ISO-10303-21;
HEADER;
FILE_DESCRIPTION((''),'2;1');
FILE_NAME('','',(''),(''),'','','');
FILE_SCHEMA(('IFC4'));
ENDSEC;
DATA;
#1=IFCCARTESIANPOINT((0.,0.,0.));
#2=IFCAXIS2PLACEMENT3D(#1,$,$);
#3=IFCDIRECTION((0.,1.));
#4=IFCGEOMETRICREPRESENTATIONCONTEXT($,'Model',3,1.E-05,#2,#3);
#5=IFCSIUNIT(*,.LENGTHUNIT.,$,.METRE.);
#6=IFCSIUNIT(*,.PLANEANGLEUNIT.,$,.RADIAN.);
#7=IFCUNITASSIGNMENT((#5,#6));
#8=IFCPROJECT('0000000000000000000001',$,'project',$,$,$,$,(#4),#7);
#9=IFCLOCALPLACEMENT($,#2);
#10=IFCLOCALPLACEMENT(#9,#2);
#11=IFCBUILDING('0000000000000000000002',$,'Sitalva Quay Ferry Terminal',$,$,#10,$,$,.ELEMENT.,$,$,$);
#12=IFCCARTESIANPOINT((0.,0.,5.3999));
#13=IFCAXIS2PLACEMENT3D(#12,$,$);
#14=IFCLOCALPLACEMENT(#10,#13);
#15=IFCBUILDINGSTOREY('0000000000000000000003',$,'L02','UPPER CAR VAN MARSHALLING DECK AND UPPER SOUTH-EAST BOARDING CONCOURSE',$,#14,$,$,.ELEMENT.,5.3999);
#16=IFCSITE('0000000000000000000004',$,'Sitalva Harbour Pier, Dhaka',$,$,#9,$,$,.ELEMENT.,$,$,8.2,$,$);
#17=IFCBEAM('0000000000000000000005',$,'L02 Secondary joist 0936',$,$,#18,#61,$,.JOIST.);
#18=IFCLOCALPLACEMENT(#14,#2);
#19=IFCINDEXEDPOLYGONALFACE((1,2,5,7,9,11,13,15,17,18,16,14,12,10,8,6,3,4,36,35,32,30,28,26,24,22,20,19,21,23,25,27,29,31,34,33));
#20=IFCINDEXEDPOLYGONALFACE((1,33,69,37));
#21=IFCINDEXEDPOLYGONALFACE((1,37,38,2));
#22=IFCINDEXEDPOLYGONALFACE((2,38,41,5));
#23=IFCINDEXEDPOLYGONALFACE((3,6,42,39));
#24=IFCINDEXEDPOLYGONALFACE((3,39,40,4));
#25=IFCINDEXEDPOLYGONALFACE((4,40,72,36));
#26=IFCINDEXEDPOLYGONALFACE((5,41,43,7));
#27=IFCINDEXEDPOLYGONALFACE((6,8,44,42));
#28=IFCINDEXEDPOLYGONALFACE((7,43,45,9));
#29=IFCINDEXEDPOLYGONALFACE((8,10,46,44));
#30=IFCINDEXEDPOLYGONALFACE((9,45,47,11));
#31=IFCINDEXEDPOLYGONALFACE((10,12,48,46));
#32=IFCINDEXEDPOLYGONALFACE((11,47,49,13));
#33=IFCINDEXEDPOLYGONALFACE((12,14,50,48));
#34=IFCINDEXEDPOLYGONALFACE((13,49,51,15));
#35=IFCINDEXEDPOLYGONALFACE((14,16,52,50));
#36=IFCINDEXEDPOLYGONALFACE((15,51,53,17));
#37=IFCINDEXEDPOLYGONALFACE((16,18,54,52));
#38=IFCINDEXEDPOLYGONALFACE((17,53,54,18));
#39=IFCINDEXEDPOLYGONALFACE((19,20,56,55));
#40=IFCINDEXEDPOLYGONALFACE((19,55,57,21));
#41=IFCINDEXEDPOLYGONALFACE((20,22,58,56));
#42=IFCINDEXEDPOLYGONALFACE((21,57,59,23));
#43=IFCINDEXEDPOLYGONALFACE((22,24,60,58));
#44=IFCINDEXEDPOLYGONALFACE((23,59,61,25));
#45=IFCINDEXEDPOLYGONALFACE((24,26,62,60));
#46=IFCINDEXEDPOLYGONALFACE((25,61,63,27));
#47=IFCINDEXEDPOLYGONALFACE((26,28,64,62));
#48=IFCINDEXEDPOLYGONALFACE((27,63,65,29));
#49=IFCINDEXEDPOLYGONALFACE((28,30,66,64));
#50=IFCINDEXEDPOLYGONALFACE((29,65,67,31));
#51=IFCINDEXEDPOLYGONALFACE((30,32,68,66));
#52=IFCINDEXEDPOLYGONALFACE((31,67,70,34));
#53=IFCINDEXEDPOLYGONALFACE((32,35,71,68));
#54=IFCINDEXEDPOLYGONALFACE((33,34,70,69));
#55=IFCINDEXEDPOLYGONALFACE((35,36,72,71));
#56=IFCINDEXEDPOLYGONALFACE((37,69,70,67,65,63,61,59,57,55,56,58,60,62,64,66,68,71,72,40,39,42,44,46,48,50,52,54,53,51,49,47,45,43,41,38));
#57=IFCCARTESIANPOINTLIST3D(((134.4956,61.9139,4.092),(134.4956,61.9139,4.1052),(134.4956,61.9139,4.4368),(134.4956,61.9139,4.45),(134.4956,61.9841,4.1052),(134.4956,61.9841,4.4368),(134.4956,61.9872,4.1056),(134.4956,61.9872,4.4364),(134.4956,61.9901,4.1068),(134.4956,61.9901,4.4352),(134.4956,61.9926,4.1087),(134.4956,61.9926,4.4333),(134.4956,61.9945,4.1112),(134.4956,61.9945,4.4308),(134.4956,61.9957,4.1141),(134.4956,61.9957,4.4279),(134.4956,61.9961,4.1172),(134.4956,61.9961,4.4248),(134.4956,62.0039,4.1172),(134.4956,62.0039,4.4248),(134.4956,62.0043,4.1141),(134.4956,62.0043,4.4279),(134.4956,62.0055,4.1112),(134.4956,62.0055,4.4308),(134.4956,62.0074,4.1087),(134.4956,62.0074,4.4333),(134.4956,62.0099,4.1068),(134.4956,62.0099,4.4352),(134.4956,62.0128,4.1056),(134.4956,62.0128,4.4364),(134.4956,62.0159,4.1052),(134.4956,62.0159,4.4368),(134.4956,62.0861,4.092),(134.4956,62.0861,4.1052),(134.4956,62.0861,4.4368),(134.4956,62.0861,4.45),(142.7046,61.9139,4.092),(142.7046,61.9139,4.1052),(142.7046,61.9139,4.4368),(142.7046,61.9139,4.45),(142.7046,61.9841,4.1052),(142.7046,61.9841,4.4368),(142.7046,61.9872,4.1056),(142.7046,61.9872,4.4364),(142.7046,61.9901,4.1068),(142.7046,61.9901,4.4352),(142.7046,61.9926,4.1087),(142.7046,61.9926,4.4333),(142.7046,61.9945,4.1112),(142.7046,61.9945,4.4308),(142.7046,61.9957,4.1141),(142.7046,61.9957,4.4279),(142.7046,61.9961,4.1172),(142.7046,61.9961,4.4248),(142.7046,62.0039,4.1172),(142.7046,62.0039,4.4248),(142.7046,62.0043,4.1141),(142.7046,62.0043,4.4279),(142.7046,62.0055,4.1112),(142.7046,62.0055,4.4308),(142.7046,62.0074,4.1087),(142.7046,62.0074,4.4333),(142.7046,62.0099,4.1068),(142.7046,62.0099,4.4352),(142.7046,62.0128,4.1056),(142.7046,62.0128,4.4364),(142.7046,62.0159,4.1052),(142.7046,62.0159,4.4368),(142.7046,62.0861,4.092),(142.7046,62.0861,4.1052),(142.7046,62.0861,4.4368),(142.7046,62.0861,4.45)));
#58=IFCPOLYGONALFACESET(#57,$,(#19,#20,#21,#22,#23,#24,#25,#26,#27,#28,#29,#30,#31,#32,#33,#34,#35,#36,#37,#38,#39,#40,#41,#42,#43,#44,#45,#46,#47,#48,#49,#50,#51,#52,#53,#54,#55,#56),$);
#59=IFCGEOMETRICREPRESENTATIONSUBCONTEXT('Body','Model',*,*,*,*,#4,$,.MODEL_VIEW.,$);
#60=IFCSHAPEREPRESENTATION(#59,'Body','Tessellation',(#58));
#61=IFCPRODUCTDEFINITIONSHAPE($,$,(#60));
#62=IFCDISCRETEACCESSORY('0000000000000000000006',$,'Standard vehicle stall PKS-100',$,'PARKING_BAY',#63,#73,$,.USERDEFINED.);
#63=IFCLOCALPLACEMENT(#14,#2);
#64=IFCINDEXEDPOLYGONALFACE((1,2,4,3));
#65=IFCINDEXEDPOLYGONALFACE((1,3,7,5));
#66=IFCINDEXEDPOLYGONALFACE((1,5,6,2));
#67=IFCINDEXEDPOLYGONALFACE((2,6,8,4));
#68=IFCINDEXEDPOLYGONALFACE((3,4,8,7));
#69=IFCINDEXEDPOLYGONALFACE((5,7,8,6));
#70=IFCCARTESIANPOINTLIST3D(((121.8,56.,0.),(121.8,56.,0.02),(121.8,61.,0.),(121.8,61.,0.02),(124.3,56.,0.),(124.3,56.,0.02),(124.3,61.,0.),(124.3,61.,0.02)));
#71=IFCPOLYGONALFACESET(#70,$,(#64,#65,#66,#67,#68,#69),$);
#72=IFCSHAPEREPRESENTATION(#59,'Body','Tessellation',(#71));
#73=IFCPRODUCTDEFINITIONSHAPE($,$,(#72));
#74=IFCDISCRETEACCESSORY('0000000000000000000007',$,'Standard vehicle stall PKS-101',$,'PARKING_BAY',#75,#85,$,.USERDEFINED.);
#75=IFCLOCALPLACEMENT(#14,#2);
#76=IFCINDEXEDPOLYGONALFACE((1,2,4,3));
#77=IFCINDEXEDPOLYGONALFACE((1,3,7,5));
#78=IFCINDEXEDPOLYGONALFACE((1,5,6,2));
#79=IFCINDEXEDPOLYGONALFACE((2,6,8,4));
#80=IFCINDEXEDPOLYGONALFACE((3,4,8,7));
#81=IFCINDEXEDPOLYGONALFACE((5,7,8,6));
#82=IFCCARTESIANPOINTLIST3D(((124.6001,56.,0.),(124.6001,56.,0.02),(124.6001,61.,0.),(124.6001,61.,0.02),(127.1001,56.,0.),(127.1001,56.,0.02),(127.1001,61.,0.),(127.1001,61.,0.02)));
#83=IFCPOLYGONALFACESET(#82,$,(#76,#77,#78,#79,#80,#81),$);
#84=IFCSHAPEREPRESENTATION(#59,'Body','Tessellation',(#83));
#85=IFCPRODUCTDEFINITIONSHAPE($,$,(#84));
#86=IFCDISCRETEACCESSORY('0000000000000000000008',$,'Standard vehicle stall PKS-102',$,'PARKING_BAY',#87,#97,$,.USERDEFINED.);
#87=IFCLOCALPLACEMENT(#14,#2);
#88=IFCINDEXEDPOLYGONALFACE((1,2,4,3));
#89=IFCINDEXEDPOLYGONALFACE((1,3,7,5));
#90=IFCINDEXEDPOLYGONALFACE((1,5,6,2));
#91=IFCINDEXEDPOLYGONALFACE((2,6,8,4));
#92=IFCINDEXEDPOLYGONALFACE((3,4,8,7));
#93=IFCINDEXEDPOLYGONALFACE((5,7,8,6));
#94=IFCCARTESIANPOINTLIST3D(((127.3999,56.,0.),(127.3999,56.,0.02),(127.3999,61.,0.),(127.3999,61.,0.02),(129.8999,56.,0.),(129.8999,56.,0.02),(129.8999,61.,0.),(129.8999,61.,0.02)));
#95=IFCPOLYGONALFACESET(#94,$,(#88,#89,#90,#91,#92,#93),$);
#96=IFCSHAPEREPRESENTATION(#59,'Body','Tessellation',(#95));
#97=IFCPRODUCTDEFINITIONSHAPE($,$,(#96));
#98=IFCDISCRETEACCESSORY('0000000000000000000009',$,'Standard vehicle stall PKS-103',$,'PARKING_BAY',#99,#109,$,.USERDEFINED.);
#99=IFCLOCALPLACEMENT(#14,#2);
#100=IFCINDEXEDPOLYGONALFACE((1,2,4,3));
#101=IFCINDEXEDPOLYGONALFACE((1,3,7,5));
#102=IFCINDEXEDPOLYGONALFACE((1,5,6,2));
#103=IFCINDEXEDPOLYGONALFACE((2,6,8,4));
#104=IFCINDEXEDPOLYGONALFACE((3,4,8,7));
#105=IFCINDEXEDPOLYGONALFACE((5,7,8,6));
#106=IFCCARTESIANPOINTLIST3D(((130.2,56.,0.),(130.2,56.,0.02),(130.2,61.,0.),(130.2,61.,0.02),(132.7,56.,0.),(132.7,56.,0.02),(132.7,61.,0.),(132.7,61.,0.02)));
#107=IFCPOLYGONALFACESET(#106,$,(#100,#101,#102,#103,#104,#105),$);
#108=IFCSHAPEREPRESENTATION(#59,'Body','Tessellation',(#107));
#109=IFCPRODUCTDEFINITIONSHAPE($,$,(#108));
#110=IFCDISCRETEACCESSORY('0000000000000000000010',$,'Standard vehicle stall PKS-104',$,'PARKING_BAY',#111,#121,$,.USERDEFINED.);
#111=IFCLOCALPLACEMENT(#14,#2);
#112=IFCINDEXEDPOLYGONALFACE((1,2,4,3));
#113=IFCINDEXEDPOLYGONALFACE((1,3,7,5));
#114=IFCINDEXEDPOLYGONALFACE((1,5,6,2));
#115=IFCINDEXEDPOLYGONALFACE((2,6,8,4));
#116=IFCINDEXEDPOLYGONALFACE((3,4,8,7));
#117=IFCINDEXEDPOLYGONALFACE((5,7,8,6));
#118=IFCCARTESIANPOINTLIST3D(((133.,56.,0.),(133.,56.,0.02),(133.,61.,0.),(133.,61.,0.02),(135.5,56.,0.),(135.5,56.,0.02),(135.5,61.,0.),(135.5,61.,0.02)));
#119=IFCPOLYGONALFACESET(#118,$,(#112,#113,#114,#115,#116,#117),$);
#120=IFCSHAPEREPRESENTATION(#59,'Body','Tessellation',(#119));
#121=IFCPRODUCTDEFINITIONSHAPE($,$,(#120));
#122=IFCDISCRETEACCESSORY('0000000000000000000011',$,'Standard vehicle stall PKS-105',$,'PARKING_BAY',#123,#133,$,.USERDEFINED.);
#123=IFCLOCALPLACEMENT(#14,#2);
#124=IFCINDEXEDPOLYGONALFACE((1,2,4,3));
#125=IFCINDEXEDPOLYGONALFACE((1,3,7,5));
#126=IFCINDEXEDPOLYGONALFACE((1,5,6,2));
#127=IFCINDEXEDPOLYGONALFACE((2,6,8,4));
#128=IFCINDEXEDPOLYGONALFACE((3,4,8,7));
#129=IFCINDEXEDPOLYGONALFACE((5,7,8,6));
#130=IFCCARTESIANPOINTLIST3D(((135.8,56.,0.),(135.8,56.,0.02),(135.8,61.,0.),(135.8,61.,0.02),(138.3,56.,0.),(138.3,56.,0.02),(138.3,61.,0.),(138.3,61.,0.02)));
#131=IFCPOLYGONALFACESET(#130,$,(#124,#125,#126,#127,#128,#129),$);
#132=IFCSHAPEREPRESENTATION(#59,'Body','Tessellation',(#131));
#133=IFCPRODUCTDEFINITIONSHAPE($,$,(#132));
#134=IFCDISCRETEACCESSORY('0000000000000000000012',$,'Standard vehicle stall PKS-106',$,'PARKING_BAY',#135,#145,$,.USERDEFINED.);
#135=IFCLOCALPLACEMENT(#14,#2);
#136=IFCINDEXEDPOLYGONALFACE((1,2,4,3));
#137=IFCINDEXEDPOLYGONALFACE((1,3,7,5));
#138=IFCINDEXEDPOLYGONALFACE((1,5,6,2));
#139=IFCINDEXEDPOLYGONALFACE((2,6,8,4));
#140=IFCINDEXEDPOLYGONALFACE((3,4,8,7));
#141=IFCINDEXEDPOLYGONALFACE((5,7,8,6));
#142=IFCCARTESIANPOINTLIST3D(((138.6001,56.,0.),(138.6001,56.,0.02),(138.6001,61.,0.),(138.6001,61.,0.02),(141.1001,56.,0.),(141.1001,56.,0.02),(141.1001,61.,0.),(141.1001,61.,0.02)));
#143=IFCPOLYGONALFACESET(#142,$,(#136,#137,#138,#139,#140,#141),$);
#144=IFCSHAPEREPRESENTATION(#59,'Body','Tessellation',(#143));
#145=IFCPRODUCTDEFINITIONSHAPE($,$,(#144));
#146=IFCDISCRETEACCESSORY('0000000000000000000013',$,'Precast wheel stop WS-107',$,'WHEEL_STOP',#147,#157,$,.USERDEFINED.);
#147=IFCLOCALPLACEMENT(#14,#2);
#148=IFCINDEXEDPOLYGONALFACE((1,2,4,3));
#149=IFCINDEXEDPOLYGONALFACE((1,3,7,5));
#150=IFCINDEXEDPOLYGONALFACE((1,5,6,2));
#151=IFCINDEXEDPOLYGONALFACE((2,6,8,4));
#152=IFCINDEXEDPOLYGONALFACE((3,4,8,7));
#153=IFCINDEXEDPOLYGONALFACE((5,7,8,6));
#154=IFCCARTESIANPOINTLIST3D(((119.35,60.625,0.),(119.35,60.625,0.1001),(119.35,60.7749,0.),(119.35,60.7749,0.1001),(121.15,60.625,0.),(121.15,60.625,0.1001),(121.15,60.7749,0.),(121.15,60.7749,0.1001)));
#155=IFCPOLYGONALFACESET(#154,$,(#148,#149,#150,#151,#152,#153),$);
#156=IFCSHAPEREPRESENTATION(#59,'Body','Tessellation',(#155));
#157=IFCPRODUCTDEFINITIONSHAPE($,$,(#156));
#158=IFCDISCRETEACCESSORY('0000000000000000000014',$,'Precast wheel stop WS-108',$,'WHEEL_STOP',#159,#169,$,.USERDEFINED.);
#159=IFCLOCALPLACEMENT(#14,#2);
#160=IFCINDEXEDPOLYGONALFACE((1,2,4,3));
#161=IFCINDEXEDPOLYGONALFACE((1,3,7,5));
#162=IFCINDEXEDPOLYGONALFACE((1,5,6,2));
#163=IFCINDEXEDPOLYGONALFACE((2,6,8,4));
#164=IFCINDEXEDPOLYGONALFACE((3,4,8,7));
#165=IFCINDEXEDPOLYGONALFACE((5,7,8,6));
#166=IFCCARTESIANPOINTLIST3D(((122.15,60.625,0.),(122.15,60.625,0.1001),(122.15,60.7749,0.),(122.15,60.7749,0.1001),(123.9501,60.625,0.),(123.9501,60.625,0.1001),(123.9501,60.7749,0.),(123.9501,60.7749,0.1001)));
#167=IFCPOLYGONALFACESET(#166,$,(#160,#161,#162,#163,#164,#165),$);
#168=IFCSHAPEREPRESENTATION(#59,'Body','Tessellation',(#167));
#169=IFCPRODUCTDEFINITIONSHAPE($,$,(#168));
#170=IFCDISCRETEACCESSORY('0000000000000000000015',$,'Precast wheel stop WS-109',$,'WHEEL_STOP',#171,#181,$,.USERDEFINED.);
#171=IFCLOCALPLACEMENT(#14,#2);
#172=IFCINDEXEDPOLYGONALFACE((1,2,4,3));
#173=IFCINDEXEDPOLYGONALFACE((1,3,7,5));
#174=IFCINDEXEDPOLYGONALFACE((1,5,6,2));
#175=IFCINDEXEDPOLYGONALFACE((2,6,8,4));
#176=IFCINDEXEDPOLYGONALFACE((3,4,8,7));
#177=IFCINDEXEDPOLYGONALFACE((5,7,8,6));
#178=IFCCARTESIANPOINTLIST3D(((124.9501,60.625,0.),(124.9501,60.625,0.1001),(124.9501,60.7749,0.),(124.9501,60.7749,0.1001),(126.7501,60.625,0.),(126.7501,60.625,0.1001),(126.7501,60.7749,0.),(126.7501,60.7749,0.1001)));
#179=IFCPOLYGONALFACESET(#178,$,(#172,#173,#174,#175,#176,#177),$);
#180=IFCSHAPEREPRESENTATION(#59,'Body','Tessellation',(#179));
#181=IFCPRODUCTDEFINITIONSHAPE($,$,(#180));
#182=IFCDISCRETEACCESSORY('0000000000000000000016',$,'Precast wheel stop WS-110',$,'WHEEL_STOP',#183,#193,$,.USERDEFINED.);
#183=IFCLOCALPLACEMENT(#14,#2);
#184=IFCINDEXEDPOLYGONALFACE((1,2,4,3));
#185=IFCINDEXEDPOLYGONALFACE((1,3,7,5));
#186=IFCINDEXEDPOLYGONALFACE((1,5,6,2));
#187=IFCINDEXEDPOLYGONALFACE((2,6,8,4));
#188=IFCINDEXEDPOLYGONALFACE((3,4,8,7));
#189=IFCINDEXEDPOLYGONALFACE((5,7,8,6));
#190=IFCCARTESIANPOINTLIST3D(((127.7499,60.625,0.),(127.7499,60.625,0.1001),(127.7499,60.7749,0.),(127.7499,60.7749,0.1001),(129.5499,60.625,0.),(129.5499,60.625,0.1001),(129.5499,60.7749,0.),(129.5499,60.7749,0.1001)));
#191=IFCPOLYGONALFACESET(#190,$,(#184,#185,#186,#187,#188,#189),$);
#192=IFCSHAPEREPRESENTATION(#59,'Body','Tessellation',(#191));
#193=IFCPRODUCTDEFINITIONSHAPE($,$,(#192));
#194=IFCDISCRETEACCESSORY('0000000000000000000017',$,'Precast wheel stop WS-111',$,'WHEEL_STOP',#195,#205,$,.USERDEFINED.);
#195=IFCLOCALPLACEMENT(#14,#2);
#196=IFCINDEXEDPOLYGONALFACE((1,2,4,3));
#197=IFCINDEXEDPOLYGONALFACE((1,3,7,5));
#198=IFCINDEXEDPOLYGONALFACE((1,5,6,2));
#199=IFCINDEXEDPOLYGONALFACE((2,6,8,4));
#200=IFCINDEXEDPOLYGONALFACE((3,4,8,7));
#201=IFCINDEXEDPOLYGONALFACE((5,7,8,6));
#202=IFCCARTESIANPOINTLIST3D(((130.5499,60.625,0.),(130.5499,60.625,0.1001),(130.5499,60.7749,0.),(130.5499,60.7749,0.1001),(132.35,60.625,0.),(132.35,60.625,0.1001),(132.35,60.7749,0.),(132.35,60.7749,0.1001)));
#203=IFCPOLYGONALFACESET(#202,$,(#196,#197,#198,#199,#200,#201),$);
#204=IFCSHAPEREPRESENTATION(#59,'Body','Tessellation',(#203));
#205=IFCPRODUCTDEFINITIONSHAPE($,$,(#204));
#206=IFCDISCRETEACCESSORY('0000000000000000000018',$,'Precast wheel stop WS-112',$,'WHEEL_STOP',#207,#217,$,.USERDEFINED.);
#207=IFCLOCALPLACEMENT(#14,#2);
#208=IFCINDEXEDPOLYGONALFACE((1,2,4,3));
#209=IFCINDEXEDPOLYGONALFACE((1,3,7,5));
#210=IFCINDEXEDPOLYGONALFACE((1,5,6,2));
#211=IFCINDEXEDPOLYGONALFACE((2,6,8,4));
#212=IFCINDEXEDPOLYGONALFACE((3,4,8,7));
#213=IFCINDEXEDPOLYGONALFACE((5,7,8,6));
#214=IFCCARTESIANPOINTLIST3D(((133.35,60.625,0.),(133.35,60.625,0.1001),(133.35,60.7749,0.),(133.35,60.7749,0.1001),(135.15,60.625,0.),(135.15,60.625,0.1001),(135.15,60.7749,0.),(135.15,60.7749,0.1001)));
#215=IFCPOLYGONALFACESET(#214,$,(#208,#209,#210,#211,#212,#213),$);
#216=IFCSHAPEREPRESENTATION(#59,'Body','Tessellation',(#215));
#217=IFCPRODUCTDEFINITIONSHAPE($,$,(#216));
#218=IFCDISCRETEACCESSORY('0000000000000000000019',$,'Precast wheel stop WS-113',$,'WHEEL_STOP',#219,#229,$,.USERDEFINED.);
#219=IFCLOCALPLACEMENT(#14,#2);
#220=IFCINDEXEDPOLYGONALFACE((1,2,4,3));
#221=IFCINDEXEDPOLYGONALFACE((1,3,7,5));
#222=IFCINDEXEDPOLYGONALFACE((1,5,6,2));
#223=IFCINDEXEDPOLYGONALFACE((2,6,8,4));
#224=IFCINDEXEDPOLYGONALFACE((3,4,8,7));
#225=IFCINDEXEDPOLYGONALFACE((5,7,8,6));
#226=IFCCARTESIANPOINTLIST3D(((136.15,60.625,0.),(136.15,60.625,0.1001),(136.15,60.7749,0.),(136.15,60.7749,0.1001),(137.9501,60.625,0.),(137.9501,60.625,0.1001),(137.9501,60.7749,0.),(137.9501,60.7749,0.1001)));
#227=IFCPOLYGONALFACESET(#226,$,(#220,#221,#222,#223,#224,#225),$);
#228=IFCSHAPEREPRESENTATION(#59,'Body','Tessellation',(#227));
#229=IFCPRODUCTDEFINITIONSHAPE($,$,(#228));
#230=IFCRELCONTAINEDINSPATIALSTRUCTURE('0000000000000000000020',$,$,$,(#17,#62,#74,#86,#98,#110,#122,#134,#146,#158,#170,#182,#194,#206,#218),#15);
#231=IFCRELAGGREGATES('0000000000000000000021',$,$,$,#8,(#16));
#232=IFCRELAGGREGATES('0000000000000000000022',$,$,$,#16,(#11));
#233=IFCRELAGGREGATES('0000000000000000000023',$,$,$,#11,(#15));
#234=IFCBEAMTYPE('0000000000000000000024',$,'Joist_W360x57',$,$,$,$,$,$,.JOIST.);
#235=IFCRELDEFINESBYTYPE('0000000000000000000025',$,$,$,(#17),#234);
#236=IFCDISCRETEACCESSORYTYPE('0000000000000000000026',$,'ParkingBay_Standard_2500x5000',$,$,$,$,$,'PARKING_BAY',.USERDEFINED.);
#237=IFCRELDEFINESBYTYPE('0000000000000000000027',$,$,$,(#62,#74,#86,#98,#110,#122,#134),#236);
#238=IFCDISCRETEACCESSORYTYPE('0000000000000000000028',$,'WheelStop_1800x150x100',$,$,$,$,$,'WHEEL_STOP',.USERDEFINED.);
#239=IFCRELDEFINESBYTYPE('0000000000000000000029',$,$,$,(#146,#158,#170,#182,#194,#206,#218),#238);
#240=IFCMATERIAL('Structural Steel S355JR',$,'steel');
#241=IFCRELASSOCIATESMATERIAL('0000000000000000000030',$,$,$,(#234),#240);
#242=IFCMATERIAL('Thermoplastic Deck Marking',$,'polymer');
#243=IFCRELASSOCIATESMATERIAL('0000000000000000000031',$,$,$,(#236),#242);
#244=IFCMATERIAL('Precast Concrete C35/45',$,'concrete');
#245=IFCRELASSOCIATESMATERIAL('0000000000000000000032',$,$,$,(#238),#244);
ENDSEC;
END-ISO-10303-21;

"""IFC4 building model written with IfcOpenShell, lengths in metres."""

from ifc_helpers import new_model, si_unit, direction, frame, origin, origin_2d, place, context, subcontext, project, spatial, rectangle, i_section, extrude, material, material_profile, profile_set, type_object, element, save


model = new_model("IFC4")

# Units and contexts
model_context = context("Model", 3, precision=1e-05, world=origin(), true_north=direction((0.0, 1.0)))
body_context = subcontext(model_context, "Body", "Model", "MODEL_VIEW")
ifc_project = project(units=[si_unit("LENGTHUNIT", "METRE"), si_unit("PLANEANGLEUNIT", "RADIAN")], contexts=[model_context])

# Site, building, storey
site_placement = place(None, origin())
site = spatial("IfcSite", under=ifc_project, at=site_placement, Name="Sitalva Harbour Pier, Dhaka", CompositionType="ELEMENT", RefElevation=8.2)
building_placement = place(site_placement, origin())
building = spatial("IfcBuilding", under=site, at=building_placement, Name="Sitalva Quay Ferry Terminal", CompositionType="ELEMENT")
storey_placement = place(building_placement, frame((0.0, 0.0, 5.3999)))
storey = spatial("IfcBuildingStorey", under=building, at=storey_placement, Name="L02", Description="UPPER CAR VAN MARSHALLING DECK AND UPPER SOUTH-EAST BOARDING CONCOURSE", CompositionType="ELEMENT", Elevation=5.3999)

# Beam
ifc_material_1 = material(Name="Structural Steel S355JR", Category="steel")
ifc_material_profile_1 = material_profile(ifc_material_1, i_section(OverallWidth=0.1721, OverallDepth=0.3579, WebThickness=0.0078, FlangeThickness=0.0132, FilletRadius=0.012, at=origin_2d()), Name="W360x57")
ifc_profile_set_1 = profile_set([ifc_material_profile_1], Name="Structural Steel S355JR")
beam_type_1 = type_object("IfcBeamType", Name="Joist_W360x57", PredefinedType="JOIST", material=ifc_profile_set_1)
for number, where, z_axis, x_axis, name in (
    (1, (134.4956, 62.0, 4.271), (1.0, 0.0, 0.0), (0.0, 1.0, 0.0), "L02 Secondary joist 0936"),
):
    element("IfcBeam", number, at=place(storey_placement, frame(where, z_axis=z_axis, x_axis=x_axis)), inside=storey, type_object=beam_type_1, Name=name, PredefinedType="JOIST", context=body_context, shape_type="SweptSolid", body=[
        extrude(i_section(OverallWidth=0.1721, OverallDepth=0.3579, WebThickness=0.0078, FlangeThickness=0.0132, FilletRadius=0.012, at=origin_2d()), origin(), (0.0, 0.0, 1.0), 8.209),
    ])

# Discrete accessories
ifc_material_2 = material(Name="Thermoplastic Deck Marking", Category="polymer")
discrete_accessory_type_1 = type_object("IfcDiscreteAccessoryType", Name="ParkingBay_Standard_2500x5000", ElementType="PARKING_BAY", PredefinedType="USERDEFINED", material=ifc_material_2)
for number, where, z_axis, x_axis, name in (
    (2, (123.05, 58.5, 0.0), (0.0, 0.0, 1.0), (1.0, 0.0, 0.0), "Standard vehicle stall PKS-100"),
    (3, (125.8501, 58.5, 0.0), (0.0, 0.0, 1.0), (1.0, 0.0, 0.0), "Standard vehicle stall PKS-101"),
    (4, (128.6499, 58.5, 0.0), (0.0, 0.0, 1.0), (1.0, 0.0, 0.0), "Standard vehicle stall PKS-102"),
    (5, (131.45, 58.5, 0.0), (0.0, 0.0, 1.0), (1.0, 0.0, 0.0), "Standard vehicle stall PKS-103"),
    (6, (134.25, 58.5, 0.0), (0.0, 0.0, 1.0), (1.0, 0.0, 0.0), "Standard vehicle stall PKS-104"),
    (7, (137.05, 58.5, 0.0), (0.0, 0.0, 1.0), (1.0, 0.0, 0.0), "Standard vehicle stall PKS-105"),
    (8, (139.8501, 58.5, 0.0), (0.0, 0.0, 1.0), (1.0, 0.0, 0.0), "Standard vehicle stall PKS-106"),
):
    element("IfcDiscreteAccessory", number, at=place(storey_placement, frame(where, z_axis=z_axis, x_axis=x_axis)), inside=storey, type_object=discrete_accessory_type_1, Name=name, ObjectType="PARKING_BAY", PredefinedType="USERDEFINED", context=body_context, shape_type="SweptSolid", body=[
        extrude(rectangle(XDim=2.5, YDim=5.0, at=origin_2d()), origin(), (0.0, 0.0, 1.0), 0.02),
    ])
ifc_material_3 = material(Name="Precast Concrete C35/45", Category="concrete")
discrete_accessory_type_2 = type_object("IfcDiscreteAccessoryType", Name="WheelStop_1800x150x100", ElementType="WHEEL_STOP", PredefinedType="USERDEFINED", material=ifc_material_3)
for number, where, z_axis, x_axis, name in (
    (9, (120.25, 60.7, 0.0), (0.0, 0.0, 1.0), (1.0, 0.0, 0.0), "Precast wheel stop WS-107"),
    (10, (123.05, 60.7, 0.0), (0.0, 0.0, 1.0), (1.0, 0.0, 0.0), "Precast wheel stop WS-108"),
    (11, (125.8501, 60.7, 0.0), (0.0, 0.0, 1.0), (1.0, 0.0, 0.0), "Precast wheel stop WS-109"),
    (12, (128.6499, 60.7, 0.0), (0.0, 0.0, 1.0), (1.0, 0.0, 0.0), "Precast wheel stop WS-110"),
    (13, (131.45, 60.7, 0.0), (0.0, 0.0, 1.0), (1.0, 0.0, 0.0), "Precast wheel stop WS-111"),
    (14, (134.25, 60.7, 0.0), (0.0, 0.0, 1.0), (1.0, 0.0, 0.0), "Precast wheel stop WS-112"),
    (15, (137.05, 60.7, 0.0), (0.0, 0.0, 1.0), (1.0, 0.0, 0.0), "Precast wheel stop WS-113"),
):
    element("IfcDiscreteAccessory", number, at=place(storey_placement, frame(where, z_axis=z_axis, x_axis=x_axis)), inside=storey, type_object=discrete_accessory_type_2, Name=name, ObjectType="WHEEL_STOP", PredefinedType="USERDEFINED", context=body_context, shape_type="SweptSolid", body=[
        extrude(rectangle(XDim=1.8, YDim=0.1499, at=origin_2d()), origin(), (0.0, 0.0, 1.0), 0.1001),
    ])

save(model, "model.ifc")
